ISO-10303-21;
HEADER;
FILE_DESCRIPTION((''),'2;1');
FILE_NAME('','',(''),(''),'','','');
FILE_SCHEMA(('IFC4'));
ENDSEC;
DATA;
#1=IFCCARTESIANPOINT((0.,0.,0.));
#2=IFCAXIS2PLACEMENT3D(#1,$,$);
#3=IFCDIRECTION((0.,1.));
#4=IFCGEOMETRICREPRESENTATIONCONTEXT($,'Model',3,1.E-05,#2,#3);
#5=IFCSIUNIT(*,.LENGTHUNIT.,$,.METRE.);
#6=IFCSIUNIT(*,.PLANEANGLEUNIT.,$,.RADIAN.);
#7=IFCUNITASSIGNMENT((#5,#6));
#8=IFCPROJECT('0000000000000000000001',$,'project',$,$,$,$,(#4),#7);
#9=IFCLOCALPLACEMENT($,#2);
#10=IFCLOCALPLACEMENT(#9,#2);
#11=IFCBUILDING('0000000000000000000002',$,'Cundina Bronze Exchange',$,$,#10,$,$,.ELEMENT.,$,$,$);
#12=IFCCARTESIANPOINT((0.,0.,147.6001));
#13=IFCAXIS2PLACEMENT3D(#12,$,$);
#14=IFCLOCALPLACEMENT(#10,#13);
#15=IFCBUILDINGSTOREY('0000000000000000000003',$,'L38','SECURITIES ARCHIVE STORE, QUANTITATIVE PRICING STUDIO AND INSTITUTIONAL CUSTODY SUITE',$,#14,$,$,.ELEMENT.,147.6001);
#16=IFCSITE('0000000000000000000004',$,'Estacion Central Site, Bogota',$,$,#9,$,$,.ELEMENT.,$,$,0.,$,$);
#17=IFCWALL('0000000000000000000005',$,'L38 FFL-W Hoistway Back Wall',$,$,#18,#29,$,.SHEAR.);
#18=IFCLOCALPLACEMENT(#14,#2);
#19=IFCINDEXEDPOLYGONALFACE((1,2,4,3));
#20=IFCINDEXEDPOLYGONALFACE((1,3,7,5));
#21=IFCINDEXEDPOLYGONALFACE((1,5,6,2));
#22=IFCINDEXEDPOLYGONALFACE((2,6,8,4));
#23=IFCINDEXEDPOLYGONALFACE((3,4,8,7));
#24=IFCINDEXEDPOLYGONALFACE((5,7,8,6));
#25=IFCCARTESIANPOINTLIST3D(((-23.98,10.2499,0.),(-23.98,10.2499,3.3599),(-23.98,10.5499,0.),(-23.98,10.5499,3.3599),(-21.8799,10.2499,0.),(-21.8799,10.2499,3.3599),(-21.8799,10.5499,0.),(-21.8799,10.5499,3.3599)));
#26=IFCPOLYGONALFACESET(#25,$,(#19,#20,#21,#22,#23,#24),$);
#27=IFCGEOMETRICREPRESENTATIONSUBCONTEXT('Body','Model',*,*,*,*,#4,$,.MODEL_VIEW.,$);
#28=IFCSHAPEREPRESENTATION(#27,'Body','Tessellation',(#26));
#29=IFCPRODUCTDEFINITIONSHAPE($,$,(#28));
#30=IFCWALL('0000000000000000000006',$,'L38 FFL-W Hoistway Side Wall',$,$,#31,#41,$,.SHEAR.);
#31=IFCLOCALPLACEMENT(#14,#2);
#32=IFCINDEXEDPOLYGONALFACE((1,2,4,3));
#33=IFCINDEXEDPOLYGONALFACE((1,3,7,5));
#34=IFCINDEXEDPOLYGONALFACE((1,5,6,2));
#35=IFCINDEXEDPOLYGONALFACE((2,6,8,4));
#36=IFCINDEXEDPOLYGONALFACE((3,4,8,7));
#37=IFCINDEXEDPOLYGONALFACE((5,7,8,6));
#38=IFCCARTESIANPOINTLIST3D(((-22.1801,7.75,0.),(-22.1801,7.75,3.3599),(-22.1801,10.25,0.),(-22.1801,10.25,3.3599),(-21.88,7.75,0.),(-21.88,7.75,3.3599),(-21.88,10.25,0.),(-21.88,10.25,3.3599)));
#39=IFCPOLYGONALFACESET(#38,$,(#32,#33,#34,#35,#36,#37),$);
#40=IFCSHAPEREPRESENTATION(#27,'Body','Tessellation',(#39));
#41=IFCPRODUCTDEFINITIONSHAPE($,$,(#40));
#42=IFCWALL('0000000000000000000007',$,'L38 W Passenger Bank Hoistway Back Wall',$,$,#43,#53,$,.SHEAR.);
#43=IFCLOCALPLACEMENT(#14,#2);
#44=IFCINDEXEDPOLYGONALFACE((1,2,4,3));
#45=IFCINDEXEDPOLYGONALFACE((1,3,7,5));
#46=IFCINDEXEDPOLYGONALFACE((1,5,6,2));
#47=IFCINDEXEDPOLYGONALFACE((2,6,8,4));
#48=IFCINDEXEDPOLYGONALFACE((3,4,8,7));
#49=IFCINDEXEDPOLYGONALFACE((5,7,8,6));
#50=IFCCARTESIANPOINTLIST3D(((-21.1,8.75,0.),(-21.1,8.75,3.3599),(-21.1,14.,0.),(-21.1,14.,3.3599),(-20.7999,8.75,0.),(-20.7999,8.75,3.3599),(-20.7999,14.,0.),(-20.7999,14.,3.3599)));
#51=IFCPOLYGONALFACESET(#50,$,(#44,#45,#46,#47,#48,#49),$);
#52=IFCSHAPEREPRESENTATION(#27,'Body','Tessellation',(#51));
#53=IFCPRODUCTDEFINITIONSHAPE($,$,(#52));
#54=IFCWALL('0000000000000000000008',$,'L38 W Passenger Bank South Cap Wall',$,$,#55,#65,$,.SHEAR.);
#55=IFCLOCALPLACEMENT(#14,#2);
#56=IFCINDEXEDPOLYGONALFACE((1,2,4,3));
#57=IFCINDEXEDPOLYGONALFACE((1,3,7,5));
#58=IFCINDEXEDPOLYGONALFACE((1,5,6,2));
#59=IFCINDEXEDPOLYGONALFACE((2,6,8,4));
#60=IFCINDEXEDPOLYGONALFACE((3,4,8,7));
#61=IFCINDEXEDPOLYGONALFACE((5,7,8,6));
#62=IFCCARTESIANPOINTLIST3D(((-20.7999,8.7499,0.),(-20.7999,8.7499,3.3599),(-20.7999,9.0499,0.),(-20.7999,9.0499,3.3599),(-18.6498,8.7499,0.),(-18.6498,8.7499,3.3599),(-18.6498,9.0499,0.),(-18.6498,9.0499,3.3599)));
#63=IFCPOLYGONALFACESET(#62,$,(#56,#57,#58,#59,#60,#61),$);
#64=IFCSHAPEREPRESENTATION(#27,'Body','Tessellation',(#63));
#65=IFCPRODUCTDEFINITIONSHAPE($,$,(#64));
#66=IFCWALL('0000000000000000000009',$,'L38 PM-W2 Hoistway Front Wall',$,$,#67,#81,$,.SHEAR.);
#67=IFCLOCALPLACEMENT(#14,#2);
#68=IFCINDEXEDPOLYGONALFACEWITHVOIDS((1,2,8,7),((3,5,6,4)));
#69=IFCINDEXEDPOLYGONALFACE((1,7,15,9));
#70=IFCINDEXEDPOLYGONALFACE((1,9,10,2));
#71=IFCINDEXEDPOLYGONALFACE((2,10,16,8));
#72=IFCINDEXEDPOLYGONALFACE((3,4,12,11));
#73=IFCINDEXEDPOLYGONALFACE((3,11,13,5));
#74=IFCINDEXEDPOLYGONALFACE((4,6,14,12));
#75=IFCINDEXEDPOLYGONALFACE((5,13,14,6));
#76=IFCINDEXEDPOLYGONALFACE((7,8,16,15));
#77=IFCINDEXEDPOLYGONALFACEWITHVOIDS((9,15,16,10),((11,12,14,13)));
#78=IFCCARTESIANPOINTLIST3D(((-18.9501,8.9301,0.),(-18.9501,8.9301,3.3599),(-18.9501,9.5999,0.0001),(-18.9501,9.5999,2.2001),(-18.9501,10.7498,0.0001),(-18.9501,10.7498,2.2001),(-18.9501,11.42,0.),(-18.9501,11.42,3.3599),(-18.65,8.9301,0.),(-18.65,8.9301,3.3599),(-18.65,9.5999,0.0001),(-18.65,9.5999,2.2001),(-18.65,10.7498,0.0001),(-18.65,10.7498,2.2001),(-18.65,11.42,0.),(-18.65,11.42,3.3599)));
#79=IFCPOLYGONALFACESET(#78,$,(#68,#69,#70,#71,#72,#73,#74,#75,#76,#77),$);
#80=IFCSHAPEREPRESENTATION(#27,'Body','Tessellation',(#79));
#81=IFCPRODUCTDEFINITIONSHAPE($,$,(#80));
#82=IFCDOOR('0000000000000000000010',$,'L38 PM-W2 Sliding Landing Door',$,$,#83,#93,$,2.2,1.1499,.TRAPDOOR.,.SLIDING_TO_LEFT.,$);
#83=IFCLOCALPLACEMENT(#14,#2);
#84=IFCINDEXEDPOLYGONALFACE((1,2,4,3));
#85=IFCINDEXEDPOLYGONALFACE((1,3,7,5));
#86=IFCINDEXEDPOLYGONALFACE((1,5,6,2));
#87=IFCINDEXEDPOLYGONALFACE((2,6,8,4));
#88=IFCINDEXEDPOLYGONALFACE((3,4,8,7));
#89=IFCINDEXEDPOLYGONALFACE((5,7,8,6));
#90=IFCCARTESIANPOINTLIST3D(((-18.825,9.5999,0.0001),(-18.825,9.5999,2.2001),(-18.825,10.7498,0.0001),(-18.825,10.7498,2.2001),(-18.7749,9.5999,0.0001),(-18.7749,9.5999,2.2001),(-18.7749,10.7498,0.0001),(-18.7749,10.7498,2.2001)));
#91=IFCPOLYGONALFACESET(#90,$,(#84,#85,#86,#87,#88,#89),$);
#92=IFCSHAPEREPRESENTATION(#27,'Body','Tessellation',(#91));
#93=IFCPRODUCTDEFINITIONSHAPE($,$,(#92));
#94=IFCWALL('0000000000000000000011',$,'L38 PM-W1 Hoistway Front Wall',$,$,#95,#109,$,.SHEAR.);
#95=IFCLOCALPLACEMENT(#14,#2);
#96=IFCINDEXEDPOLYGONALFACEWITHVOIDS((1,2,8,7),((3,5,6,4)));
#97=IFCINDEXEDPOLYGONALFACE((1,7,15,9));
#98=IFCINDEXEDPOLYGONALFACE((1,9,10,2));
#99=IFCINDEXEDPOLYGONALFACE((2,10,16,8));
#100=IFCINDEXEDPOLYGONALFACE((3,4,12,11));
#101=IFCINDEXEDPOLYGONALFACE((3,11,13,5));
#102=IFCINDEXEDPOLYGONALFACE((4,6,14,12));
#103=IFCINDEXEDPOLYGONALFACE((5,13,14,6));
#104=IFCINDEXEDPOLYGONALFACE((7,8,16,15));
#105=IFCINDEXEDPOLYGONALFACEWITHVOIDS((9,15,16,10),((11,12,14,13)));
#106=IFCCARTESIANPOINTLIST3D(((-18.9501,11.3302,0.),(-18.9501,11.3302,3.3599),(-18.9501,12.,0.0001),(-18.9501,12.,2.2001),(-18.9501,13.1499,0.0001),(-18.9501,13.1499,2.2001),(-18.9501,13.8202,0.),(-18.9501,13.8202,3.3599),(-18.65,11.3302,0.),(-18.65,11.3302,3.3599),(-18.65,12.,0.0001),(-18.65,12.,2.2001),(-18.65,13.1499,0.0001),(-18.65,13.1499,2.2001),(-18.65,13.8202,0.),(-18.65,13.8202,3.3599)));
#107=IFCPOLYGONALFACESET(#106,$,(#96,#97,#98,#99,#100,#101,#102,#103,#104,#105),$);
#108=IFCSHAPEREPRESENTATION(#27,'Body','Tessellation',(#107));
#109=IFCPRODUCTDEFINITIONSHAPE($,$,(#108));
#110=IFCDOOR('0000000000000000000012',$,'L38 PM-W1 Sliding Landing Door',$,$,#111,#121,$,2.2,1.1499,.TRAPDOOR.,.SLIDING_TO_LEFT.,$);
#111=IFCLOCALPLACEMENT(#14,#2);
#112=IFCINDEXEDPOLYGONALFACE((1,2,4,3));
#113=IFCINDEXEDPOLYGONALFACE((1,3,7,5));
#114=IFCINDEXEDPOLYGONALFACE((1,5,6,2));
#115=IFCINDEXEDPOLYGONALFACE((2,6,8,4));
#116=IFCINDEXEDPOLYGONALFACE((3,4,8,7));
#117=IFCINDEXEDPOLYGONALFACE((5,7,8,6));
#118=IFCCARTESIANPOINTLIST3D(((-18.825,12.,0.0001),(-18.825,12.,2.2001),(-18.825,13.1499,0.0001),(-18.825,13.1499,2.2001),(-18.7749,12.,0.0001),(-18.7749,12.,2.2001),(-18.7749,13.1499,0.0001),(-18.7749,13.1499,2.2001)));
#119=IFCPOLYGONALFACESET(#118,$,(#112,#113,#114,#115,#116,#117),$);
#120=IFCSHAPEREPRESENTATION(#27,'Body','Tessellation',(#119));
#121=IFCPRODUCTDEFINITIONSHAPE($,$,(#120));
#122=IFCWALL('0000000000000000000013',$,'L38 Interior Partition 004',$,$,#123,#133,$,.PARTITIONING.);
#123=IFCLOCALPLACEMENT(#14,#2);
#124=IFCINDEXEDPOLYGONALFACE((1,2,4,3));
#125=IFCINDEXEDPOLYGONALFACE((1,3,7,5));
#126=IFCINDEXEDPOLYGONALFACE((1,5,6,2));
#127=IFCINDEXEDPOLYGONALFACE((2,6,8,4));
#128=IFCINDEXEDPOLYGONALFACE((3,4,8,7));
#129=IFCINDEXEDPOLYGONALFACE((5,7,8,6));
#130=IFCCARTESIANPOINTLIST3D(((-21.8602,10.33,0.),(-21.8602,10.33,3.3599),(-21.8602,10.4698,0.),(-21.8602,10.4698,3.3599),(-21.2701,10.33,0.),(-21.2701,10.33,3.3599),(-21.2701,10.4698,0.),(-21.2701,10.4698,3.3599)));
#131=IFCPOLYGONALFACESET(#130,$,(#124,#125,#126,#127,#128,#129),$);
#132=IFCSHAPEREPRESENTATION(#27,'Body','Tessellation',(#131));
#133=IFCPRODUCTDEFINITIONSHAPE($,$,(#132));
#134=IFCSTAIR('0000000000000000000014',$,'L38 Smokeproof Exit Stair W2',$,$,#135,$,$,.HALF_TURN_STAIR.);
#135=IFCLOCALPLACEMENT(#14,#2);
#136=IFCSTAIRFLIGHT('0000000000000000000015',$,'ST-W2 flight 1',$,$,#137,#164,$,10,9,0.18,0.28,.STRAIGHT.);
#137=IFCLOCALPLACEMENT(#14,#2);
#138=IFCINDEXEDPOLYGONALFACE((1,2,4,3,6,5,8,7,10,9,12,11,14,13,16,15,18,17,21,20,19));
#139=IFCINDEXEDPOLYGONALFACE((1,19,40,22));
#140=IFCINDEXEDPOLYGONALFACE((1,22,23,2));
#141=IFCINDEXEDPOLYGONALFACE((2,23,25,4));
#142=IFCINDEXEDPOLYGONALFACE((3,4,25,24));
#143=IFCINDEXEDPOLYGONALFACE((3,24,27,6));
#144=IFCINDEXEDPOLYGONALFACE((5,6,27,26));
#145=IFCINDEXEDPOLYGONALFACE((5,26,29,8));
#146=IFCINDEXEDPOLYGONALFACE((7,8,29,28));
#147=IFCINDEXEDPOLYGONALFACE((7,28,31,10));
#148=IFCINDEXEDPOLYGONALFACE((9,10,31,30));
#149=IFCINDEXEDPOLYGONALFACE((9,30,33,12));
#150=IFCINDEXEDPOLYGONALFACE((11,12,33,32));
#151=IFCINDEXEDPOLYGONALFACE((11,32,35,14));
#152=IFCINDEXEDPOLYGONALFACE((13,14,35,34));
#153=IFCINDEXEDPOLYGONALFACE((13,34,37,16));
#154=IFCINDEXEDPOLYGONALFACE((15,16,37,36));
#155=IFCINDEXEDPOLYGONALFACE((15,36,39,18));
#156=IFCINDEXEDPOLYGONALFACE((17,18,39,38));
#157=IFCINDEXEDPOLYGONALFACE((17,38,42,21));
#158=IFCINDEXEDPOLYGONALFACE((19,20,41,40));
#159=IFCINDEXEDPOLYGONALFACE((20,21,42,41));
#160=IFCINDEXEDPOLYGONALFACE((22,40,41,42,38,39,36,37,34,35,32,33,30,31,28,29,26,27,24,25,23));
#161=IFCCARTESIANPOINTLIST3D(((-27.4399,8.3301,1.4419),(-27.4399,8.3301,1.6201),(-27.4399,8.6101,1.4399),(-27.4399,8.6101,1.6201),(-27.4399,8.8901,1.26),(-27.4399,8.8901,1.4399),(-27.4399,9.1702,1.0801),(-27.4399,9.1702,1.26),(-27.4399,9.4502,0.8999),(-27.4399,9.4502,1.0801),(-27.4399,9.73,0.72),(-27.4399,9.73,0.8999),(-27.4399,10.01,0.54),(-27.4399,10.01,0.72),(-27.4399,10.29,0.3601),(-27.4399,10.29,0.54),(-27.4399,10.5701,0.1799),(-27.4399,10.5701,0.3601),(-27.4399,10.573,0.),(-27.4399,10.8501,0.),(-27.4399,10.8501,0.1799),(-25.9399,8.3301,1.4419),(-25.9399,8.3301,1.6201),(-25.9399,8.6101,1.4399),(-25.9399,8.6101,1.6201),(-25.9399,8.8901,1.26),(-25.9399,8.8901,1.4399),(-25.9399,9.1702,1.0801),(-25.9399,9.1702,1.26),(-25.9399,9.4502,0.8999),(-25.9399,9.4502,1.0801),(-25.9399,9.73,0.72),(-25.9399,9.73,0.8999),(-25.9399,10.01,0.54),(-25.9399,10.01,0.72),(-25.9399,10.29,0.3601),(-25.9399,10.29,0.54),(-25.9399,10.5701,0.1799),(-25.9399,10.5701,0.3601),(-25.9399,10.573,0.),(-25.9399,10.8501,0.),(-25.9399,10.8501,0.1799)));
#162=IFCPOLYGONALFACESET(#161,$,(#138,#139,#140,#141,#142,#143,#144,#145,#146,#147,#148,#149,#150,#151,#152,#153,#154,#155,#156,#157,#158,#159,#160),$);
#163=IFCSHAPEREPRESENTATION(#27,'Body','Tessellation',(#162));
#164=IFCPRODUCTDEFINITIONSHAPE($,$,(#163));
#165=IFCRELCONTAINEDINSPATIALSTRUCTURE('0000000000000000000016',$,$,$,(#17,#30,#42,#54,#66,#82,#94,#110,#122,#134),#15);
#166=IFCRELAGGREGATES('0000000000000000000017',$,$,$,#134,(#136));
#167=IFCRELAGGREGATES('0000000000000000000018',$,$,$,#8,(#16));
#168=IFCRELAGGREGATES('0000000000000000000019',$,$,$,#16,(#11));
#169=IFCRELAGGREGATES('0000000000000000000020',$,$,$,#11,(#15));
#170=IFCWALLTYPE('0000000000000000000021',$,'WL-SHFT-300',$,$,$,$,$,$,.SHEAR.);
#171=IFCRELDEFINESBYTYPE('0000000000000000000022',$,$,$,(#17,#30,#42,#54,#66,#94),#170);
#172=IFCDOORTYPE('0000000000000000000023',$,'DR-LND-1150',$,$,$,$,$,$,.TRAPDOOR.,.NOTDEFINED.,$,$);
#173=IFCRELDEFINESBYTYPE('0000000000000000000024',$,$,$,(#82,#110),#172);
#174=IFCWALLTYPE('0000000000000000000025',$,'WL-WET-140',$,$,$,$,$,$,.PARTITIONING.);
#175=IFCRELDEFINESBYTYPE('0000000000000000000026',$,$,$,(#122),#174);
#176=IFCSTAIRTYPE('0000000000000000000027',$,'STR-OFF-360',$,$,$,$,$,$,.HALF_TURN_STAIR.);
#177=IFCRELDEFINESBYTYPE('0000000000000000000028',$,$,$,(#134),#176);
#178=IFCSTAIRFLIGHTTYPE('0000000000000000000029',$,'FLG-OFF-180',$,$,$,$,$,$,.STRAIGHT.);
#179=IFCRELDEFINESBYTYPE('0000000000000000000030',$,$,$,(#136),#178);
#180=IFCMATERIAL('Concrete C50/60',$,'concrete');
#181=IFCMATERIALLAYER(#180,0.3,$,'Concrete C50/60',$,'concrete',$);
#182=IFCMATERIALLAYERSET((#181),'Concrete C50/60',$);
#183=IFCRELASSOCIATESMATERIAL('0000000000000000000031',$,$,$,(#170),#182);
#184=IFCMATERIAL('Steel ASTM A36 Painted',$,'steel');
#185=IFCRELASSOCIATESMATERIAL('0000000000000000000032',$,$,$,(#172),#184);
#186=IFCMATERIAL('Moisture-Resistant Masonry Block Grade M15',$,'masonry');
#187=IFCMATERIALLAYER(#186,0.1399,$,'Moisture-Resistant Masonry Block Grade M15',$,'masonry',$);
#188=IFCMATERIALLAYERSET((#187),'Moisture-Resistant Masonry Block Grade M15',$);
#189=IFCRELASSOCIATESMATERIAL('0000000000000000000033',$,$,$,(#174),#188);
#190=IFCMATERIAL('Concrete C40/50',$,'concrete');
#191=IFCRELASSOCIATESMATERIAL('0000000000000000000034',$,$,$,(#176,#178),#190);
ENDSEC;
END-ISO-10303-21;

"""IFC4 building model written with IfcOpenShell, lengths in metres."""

from ifc_helpers import new_model, si_unit, direction, frame, frame_2d, origin, place, context, subcontext, project, spatial, polyline, rectangle, outline, extrude, material, layer, layer_set, type_object, element, fill, aggregate, save


model = new_model("IFC4")

# Units and contexts
model_context = context("Model", 3, precision=1e-05, world=origin(), true_north=direction((0.0, 1.0)))
body_context = subcontext(model_context, "Body", "Model", "MODEL_VIEW")
ifc_project = project(units=[si_unit("LENGTHUNIT", "METRE"), si_unit("PLANEANGLEUNIT", "RADIAN")], contexts=[model_context])

# Site, building, storey
site_placement = place(None, origin())
site = spatial("IfcSite", under=ifc_project, at=site_placement, Name="Estacion Central Site, Bogota", CompositionType="ELEMENT", RefElevation=0.0)
building_placement = place(site_placement, origin())
building = spatial("IfcBuilding", under=site, at=building_placement, Name="Cundina Bronze Exchange", CompositionType="ELEMENT")
storey_placement = place(building_placement, frame((0.0, 0.0, 147.6001)))
storey = spatial("IfcBuildingStorey", under=building, at=storey_placement, Name="L38", Description="SECURITIES ARCHIVE STORE, QUANTITATIVE PRICING STUDIO AND INSTITUTIONAL CUSTODY SUITE", CompositionType="ELEMENT", Elevation=147.6001)

# Shared definitions
ifc_material_1 = material(Name="Concrete C50/60", Category="concrete")

# Shared definitions
ifc_layer_1 = layer(ifc_material_1, 0.3, Name="Concrete C50/60", Category="concrete")
ifc_layer_set_1 = layer_set([ifc_layer_1], Name="Concrete C50/60")
wall_type_1 = type_object("IfcWallType", Name="WL-SHFT-300", PredefinedType="SHEAR", material=ifc_layer_set_1)
ifc_material_2 = material(Name="Steel ASTM A36 Painted", Category="steel")
door_type = type_object("IfcDoorType", Name="DR-LND-1150", OperationType="NOTDEFINED", PredefinedType="TRAPDOOR", material=ifc_material_2)

# Walls
wall_1_placement = place(storey_placement, frame((-23.98, 10.3999, 0.0), z_axis=(0.0, 0.0, 1.0), x_axis=(1.0, 0.0, 0.0)))
element("IfcWall", 1, at=wall_1_placement, inside=storey, type_object=wall_type_1, Name="L38 FFL-W Hoistway Back Wall", PredefinedType="SHEAR", context=body_context, shape_type="SweptSolid", body=[
    extrude(rectangle(XDim=2.1001, YDim=0.3, at=frame_2d((1.05, 0.0))), origin(), (0.0, 0.0, 1.0), 3.3599),
])
wall_2_placement = place(storey_placement, frame((-22.03, 7.75, 0.0), z_axis=(0.0, 0.0, 1.0), x_axis=(0.0, 1.0, 0.0)))
element("IfcWall", 2, at=wall_2_placement, inside=storey, type_object=wall_type_1, Name="L38 FFL-W Hoistway Side Wall", PredefinedType="SHEAR", context=body_context, shape_type="SweptSolid", body=[
    extrude(rectangle(XDim=2.5, YDim=0.3, at=frame_2d((1.25, 0.0))), origin(), (0.0, 0.0, 1.0), 3.3599),
])
wall_3_placement = place(storey_placement, frame((-20.95, 8.75, 0.0), z_axis=(0.0, 0.0, 1.0), x_axis=(0.0, 1.0, 0.0)))
element("IfcWall", 3, at=wall_3_placement, inside=storey, type_object=wall_type_1, Name="L38 W Passenger Bank Hoistway Back Wall", PredefinedType="SHEAR", context=body_context, shape_type="SweptSolid", body=[
    extrude(rectangle(XDim=5.25, YDim=0.3, at=frame_2d((2.625, 0.0))), origin(), (0.0, 0.0, 1.0), 3.3599),
])
wall_4_placement = place(storey_placement, frame((-20.8, 8.8999, 0.0), z_axis=(0.0, 0.0, 1.0), x_axis=(1.0, 0.0, 0.0)))
element("IfcWall", 4, at=wall_4_placement, inside=storey, type_object=wall_type_1, Name="L38 W Passenger Bank South Cap Wall", PredefinedType="SHEAR", context=body_context, shape_type="SweptSolid", body=[
    extrude(rectangle(XDim=2.1501, YDim=0.3, at=frame_2d((1.0752, 0.0))), origin(), (0.0, 0.0, 1.0), 3.3599),
])

# Walls, openings, doors
wall_5_placement = place(storey_placement, frame((-18.8, 8.9299, 0.0), z_axis=(0.0, 0.0, 1.0), x_axis=(0.0, 1.0, 0.0)))
wall_5 = element("IfcWall", 5, at=wall_5_placement, inside=storey, type_object=wall_type_1, Name="L38 PM-W2 Hoistway Front Wall", PredefinedType="SHEAR", context=body_context, shape_type="SweptSolid", body=[
    extrude(rectangle(XDim=2.49, YDim=0.3, at=frame_2d((1.2451, 0.0))), origin(), (0.0, 0.0, 1.0), 3.3599),
])
opening_1_placement = place(wall_5_placement, frame((0.6699, 0.0, 0.0)))
opening_1 = element("IfcOpeningElement", 6, at=opening_1_placement, cuts=wall_5, PredefinedType="OPENING", context=body_context, shape_type="SweptSolid", body=[
    extrude(rectangle(XDim=1.1499, YDim=2.2, at=frame_2d((0.575, 1.1001))), frame((0.0, 0.1599, 0.0), z_axis=(0.0, -1.0, 0.0), x_axis=(1.0, 0.0, 0.0)), (0.0, 0.0, 1.0), 0.3201),
])
door_1_placement = place(opening_1_placement, origin())
door_1 = element("IfcDoor", 7, at=door_1_placement, inside=storey, type_object=door_type, Name="L38 PM-W2 Sliding Landing Door", OperationType="SLIDING_TO_LEFT", OverallHeight=2.2, OverallWidth=1.1499, PredefinedType="TRAPDOOR", context=body_context, shape_type="SweptSolid", body=[
    extrude(rectangle(XDim=1.1499, YDim=2.2, at=frame_2d((0.575, 1.1001))), frame((0.0, 0.0249, 0.0), z_axis=(0.0, -1.0, 0.0), x_axis=(1.0, 0.0, 0.0)), (0.0, 0.0, 1.0), 0.05),
])
fill(opening_1, door_1)
wall_6_placement = place(storey_placement, frame((-18.8, 11.3301, 0.0), z_axis=(0.0, 0.0, 1.0), x_axis=(0.0, 1.0, 0.0)))
wall_6 = element("IfcWall", 8, at=wall_6_placement, inside=storey, type_object=wall_type_1, Name="L38 PM-W1 Hoistway Front Wall", PredefinedType="SHEAR", context=body_context, shape_type="SweptSolid", body=[
    extrude(rectangle(XDim=2.49, YDim=0.3, at=frame_2d((1.2451, 0.0))), origin(), (0.0, 0.0, 1.0), 3.3599),
])
opening_2_placement = place(wall_6_placement, frame((0.6699, 0.0, 0.0)))
opening_2 = element("IfcOpeningElement", 9, at=opening_2_placement, cuts=wall_6, PredefinedType="OPENING", context=body_context, shape_type="SweptSolid", body=[
    extrude(rectangle(XDim=1.1499, YDim=2.2, at=frame_2d((0.575, 1.1001))), frame((0.0, 0.1599, 0.0), z_axis=(0.0, -1.0, 0.0), x_axis=(1.0, 0.0, 0.0)), (0.0, 0.0, 1.0), 0.3201),
])
door_2_placement = place(opening_2_placement, origin())
door_2 = element("IfcDoor", 10, at=door_2_placement, inside=storey, type_object=door_type, Name="L38 PM-W1 Sliding Landing Door", OperationType="SLIDING_TO_LEFT", OverallHeight=2.2, OverallWidth=1.1499, PredefinedType="TRAPDOOR", context=body_context, shape_type="SweptSolid", body=[
    extrude(rectangle(XDim=1.1499, YDim=2.2, at=frame_2d((0.575, 1.1001))), frame((0.0, 0.0249, 0.0), z_axis=(0.0, -1.0, 0.0), x_axis=(1.0, 0.0, 0.0)), (0.0, 0.0, 1.0), 0.05),
])
fill(opening_2, door_2)

# Wall
ifc_material_3 = material(Name="Moisture-Resistant Masonry Block Grade M15", Category="masonry")
ifc_layer_2 = layer(ifc_material_3, 0.1399, Name="Moisture-Resistant Masonry Block Grade M15", Category="masonry")
ifc_layer_set_2 = layer_set([ifc_layer_2], Name="Moisture-Resistant Masonry Block Grade M15")
wall_type_2 = type_object("IfcWallType", Name="WL-WET-140", PredefinedType="PARTITIONING", material=ifc_layer_set_2)
wall_7_placement = place(storey_placement, frame((-21.8601, 10.3999, 0.0), z_axis=(0.0, 0.0, 1.0), x_axis=(1.0, 0.0, 0.0)))
element("IfcWall", 11, at=wall_7_placement, inside=storey, type_object=wall_type_2, Name="L38 Interior Partition 004", PredefinedType="PARTITIONING", context=body_context, shape_type="SweptSolid", body=[
    extrude(rectangle(XDim=0.5901, YDim=0.1399, at=frame_2d((0.2949, 0.0))), origin(), (0.0, 0.0, 1.0), 3.3599),
])

# Stair, stair flight
ifc_material_4 = material(Name="Concrete C40/50", Category="concrete")
stair_type = type_object("IfcStairType", Name="STR-OFF-360", PredefinedType="HALF_TURN_STAIR", material=ifc_material_4)
stair_placement = place(storey_placement, origin())
stair = element("IfcStair", 12, at=stair_placement, inside=storey, type_object=stair_type, Name="L38 Smokeproof Exit Stair W2", PredefinedType="HALF_TURN_STAIR")
stair_flight_type = type_object("IfcStairFlightType", Name="FLG-OFF-180", PredefinedType="STRAIGHT", material=ifc_material_4)
stair_flight_1_placement = place(storey_placement, frame((-26.6899, 10.8501, 0.0), z_axis=(0.0, 0.0, 1.0), x_axis=(0.0, -1.0, 0.0)))
stair_flight_1 = element("IfcStairFlight", 13, at=stair_flight_1_placement, type_object=stair_flight_type, Name="ST-W2 flight 1", NumberOfRisers=10, NumberOfTreads=9, PredefinedType="STRAIGHT", RiserHeight=0.18, TreadLength=0.28, context=body_context, shape_type="SweptSolid", body=[
    extrude(outline(polyline([(0.0, 0.0), (0.0, 0.1799), (0.28, 0.1799), (0.28, 0.3601), (0.5601, 0.3601), (0.5601, 0.54), (0.8401, 0.54), (0.8401, 0.72), (1.1201, 0.72), (1.1201, 0.8999), (1.3999, 0.8999), (1.3999, 1.0801), (1.6799, 1.0801), (1.6799, 1.26), (1.96, 1.26), (1.96, 1.4399), (2.24, 1.4399), (2.24, 1.6201), (2.52, 1.6201), (2.52, 1.8), (2.52, 1.4419), (0.2771, 0.0), (0.0, 0.0)])), frame((0.0, 0.75, 0.0), z_axis=(0.0, -1.0, 0.0), x_axis=(1.0, 0.0, 0.0)), (0.0, 0.0, 1.0), 1.5),
])
aggregate(stair, [stair_flight_1])

save(model, "model.ifc")
